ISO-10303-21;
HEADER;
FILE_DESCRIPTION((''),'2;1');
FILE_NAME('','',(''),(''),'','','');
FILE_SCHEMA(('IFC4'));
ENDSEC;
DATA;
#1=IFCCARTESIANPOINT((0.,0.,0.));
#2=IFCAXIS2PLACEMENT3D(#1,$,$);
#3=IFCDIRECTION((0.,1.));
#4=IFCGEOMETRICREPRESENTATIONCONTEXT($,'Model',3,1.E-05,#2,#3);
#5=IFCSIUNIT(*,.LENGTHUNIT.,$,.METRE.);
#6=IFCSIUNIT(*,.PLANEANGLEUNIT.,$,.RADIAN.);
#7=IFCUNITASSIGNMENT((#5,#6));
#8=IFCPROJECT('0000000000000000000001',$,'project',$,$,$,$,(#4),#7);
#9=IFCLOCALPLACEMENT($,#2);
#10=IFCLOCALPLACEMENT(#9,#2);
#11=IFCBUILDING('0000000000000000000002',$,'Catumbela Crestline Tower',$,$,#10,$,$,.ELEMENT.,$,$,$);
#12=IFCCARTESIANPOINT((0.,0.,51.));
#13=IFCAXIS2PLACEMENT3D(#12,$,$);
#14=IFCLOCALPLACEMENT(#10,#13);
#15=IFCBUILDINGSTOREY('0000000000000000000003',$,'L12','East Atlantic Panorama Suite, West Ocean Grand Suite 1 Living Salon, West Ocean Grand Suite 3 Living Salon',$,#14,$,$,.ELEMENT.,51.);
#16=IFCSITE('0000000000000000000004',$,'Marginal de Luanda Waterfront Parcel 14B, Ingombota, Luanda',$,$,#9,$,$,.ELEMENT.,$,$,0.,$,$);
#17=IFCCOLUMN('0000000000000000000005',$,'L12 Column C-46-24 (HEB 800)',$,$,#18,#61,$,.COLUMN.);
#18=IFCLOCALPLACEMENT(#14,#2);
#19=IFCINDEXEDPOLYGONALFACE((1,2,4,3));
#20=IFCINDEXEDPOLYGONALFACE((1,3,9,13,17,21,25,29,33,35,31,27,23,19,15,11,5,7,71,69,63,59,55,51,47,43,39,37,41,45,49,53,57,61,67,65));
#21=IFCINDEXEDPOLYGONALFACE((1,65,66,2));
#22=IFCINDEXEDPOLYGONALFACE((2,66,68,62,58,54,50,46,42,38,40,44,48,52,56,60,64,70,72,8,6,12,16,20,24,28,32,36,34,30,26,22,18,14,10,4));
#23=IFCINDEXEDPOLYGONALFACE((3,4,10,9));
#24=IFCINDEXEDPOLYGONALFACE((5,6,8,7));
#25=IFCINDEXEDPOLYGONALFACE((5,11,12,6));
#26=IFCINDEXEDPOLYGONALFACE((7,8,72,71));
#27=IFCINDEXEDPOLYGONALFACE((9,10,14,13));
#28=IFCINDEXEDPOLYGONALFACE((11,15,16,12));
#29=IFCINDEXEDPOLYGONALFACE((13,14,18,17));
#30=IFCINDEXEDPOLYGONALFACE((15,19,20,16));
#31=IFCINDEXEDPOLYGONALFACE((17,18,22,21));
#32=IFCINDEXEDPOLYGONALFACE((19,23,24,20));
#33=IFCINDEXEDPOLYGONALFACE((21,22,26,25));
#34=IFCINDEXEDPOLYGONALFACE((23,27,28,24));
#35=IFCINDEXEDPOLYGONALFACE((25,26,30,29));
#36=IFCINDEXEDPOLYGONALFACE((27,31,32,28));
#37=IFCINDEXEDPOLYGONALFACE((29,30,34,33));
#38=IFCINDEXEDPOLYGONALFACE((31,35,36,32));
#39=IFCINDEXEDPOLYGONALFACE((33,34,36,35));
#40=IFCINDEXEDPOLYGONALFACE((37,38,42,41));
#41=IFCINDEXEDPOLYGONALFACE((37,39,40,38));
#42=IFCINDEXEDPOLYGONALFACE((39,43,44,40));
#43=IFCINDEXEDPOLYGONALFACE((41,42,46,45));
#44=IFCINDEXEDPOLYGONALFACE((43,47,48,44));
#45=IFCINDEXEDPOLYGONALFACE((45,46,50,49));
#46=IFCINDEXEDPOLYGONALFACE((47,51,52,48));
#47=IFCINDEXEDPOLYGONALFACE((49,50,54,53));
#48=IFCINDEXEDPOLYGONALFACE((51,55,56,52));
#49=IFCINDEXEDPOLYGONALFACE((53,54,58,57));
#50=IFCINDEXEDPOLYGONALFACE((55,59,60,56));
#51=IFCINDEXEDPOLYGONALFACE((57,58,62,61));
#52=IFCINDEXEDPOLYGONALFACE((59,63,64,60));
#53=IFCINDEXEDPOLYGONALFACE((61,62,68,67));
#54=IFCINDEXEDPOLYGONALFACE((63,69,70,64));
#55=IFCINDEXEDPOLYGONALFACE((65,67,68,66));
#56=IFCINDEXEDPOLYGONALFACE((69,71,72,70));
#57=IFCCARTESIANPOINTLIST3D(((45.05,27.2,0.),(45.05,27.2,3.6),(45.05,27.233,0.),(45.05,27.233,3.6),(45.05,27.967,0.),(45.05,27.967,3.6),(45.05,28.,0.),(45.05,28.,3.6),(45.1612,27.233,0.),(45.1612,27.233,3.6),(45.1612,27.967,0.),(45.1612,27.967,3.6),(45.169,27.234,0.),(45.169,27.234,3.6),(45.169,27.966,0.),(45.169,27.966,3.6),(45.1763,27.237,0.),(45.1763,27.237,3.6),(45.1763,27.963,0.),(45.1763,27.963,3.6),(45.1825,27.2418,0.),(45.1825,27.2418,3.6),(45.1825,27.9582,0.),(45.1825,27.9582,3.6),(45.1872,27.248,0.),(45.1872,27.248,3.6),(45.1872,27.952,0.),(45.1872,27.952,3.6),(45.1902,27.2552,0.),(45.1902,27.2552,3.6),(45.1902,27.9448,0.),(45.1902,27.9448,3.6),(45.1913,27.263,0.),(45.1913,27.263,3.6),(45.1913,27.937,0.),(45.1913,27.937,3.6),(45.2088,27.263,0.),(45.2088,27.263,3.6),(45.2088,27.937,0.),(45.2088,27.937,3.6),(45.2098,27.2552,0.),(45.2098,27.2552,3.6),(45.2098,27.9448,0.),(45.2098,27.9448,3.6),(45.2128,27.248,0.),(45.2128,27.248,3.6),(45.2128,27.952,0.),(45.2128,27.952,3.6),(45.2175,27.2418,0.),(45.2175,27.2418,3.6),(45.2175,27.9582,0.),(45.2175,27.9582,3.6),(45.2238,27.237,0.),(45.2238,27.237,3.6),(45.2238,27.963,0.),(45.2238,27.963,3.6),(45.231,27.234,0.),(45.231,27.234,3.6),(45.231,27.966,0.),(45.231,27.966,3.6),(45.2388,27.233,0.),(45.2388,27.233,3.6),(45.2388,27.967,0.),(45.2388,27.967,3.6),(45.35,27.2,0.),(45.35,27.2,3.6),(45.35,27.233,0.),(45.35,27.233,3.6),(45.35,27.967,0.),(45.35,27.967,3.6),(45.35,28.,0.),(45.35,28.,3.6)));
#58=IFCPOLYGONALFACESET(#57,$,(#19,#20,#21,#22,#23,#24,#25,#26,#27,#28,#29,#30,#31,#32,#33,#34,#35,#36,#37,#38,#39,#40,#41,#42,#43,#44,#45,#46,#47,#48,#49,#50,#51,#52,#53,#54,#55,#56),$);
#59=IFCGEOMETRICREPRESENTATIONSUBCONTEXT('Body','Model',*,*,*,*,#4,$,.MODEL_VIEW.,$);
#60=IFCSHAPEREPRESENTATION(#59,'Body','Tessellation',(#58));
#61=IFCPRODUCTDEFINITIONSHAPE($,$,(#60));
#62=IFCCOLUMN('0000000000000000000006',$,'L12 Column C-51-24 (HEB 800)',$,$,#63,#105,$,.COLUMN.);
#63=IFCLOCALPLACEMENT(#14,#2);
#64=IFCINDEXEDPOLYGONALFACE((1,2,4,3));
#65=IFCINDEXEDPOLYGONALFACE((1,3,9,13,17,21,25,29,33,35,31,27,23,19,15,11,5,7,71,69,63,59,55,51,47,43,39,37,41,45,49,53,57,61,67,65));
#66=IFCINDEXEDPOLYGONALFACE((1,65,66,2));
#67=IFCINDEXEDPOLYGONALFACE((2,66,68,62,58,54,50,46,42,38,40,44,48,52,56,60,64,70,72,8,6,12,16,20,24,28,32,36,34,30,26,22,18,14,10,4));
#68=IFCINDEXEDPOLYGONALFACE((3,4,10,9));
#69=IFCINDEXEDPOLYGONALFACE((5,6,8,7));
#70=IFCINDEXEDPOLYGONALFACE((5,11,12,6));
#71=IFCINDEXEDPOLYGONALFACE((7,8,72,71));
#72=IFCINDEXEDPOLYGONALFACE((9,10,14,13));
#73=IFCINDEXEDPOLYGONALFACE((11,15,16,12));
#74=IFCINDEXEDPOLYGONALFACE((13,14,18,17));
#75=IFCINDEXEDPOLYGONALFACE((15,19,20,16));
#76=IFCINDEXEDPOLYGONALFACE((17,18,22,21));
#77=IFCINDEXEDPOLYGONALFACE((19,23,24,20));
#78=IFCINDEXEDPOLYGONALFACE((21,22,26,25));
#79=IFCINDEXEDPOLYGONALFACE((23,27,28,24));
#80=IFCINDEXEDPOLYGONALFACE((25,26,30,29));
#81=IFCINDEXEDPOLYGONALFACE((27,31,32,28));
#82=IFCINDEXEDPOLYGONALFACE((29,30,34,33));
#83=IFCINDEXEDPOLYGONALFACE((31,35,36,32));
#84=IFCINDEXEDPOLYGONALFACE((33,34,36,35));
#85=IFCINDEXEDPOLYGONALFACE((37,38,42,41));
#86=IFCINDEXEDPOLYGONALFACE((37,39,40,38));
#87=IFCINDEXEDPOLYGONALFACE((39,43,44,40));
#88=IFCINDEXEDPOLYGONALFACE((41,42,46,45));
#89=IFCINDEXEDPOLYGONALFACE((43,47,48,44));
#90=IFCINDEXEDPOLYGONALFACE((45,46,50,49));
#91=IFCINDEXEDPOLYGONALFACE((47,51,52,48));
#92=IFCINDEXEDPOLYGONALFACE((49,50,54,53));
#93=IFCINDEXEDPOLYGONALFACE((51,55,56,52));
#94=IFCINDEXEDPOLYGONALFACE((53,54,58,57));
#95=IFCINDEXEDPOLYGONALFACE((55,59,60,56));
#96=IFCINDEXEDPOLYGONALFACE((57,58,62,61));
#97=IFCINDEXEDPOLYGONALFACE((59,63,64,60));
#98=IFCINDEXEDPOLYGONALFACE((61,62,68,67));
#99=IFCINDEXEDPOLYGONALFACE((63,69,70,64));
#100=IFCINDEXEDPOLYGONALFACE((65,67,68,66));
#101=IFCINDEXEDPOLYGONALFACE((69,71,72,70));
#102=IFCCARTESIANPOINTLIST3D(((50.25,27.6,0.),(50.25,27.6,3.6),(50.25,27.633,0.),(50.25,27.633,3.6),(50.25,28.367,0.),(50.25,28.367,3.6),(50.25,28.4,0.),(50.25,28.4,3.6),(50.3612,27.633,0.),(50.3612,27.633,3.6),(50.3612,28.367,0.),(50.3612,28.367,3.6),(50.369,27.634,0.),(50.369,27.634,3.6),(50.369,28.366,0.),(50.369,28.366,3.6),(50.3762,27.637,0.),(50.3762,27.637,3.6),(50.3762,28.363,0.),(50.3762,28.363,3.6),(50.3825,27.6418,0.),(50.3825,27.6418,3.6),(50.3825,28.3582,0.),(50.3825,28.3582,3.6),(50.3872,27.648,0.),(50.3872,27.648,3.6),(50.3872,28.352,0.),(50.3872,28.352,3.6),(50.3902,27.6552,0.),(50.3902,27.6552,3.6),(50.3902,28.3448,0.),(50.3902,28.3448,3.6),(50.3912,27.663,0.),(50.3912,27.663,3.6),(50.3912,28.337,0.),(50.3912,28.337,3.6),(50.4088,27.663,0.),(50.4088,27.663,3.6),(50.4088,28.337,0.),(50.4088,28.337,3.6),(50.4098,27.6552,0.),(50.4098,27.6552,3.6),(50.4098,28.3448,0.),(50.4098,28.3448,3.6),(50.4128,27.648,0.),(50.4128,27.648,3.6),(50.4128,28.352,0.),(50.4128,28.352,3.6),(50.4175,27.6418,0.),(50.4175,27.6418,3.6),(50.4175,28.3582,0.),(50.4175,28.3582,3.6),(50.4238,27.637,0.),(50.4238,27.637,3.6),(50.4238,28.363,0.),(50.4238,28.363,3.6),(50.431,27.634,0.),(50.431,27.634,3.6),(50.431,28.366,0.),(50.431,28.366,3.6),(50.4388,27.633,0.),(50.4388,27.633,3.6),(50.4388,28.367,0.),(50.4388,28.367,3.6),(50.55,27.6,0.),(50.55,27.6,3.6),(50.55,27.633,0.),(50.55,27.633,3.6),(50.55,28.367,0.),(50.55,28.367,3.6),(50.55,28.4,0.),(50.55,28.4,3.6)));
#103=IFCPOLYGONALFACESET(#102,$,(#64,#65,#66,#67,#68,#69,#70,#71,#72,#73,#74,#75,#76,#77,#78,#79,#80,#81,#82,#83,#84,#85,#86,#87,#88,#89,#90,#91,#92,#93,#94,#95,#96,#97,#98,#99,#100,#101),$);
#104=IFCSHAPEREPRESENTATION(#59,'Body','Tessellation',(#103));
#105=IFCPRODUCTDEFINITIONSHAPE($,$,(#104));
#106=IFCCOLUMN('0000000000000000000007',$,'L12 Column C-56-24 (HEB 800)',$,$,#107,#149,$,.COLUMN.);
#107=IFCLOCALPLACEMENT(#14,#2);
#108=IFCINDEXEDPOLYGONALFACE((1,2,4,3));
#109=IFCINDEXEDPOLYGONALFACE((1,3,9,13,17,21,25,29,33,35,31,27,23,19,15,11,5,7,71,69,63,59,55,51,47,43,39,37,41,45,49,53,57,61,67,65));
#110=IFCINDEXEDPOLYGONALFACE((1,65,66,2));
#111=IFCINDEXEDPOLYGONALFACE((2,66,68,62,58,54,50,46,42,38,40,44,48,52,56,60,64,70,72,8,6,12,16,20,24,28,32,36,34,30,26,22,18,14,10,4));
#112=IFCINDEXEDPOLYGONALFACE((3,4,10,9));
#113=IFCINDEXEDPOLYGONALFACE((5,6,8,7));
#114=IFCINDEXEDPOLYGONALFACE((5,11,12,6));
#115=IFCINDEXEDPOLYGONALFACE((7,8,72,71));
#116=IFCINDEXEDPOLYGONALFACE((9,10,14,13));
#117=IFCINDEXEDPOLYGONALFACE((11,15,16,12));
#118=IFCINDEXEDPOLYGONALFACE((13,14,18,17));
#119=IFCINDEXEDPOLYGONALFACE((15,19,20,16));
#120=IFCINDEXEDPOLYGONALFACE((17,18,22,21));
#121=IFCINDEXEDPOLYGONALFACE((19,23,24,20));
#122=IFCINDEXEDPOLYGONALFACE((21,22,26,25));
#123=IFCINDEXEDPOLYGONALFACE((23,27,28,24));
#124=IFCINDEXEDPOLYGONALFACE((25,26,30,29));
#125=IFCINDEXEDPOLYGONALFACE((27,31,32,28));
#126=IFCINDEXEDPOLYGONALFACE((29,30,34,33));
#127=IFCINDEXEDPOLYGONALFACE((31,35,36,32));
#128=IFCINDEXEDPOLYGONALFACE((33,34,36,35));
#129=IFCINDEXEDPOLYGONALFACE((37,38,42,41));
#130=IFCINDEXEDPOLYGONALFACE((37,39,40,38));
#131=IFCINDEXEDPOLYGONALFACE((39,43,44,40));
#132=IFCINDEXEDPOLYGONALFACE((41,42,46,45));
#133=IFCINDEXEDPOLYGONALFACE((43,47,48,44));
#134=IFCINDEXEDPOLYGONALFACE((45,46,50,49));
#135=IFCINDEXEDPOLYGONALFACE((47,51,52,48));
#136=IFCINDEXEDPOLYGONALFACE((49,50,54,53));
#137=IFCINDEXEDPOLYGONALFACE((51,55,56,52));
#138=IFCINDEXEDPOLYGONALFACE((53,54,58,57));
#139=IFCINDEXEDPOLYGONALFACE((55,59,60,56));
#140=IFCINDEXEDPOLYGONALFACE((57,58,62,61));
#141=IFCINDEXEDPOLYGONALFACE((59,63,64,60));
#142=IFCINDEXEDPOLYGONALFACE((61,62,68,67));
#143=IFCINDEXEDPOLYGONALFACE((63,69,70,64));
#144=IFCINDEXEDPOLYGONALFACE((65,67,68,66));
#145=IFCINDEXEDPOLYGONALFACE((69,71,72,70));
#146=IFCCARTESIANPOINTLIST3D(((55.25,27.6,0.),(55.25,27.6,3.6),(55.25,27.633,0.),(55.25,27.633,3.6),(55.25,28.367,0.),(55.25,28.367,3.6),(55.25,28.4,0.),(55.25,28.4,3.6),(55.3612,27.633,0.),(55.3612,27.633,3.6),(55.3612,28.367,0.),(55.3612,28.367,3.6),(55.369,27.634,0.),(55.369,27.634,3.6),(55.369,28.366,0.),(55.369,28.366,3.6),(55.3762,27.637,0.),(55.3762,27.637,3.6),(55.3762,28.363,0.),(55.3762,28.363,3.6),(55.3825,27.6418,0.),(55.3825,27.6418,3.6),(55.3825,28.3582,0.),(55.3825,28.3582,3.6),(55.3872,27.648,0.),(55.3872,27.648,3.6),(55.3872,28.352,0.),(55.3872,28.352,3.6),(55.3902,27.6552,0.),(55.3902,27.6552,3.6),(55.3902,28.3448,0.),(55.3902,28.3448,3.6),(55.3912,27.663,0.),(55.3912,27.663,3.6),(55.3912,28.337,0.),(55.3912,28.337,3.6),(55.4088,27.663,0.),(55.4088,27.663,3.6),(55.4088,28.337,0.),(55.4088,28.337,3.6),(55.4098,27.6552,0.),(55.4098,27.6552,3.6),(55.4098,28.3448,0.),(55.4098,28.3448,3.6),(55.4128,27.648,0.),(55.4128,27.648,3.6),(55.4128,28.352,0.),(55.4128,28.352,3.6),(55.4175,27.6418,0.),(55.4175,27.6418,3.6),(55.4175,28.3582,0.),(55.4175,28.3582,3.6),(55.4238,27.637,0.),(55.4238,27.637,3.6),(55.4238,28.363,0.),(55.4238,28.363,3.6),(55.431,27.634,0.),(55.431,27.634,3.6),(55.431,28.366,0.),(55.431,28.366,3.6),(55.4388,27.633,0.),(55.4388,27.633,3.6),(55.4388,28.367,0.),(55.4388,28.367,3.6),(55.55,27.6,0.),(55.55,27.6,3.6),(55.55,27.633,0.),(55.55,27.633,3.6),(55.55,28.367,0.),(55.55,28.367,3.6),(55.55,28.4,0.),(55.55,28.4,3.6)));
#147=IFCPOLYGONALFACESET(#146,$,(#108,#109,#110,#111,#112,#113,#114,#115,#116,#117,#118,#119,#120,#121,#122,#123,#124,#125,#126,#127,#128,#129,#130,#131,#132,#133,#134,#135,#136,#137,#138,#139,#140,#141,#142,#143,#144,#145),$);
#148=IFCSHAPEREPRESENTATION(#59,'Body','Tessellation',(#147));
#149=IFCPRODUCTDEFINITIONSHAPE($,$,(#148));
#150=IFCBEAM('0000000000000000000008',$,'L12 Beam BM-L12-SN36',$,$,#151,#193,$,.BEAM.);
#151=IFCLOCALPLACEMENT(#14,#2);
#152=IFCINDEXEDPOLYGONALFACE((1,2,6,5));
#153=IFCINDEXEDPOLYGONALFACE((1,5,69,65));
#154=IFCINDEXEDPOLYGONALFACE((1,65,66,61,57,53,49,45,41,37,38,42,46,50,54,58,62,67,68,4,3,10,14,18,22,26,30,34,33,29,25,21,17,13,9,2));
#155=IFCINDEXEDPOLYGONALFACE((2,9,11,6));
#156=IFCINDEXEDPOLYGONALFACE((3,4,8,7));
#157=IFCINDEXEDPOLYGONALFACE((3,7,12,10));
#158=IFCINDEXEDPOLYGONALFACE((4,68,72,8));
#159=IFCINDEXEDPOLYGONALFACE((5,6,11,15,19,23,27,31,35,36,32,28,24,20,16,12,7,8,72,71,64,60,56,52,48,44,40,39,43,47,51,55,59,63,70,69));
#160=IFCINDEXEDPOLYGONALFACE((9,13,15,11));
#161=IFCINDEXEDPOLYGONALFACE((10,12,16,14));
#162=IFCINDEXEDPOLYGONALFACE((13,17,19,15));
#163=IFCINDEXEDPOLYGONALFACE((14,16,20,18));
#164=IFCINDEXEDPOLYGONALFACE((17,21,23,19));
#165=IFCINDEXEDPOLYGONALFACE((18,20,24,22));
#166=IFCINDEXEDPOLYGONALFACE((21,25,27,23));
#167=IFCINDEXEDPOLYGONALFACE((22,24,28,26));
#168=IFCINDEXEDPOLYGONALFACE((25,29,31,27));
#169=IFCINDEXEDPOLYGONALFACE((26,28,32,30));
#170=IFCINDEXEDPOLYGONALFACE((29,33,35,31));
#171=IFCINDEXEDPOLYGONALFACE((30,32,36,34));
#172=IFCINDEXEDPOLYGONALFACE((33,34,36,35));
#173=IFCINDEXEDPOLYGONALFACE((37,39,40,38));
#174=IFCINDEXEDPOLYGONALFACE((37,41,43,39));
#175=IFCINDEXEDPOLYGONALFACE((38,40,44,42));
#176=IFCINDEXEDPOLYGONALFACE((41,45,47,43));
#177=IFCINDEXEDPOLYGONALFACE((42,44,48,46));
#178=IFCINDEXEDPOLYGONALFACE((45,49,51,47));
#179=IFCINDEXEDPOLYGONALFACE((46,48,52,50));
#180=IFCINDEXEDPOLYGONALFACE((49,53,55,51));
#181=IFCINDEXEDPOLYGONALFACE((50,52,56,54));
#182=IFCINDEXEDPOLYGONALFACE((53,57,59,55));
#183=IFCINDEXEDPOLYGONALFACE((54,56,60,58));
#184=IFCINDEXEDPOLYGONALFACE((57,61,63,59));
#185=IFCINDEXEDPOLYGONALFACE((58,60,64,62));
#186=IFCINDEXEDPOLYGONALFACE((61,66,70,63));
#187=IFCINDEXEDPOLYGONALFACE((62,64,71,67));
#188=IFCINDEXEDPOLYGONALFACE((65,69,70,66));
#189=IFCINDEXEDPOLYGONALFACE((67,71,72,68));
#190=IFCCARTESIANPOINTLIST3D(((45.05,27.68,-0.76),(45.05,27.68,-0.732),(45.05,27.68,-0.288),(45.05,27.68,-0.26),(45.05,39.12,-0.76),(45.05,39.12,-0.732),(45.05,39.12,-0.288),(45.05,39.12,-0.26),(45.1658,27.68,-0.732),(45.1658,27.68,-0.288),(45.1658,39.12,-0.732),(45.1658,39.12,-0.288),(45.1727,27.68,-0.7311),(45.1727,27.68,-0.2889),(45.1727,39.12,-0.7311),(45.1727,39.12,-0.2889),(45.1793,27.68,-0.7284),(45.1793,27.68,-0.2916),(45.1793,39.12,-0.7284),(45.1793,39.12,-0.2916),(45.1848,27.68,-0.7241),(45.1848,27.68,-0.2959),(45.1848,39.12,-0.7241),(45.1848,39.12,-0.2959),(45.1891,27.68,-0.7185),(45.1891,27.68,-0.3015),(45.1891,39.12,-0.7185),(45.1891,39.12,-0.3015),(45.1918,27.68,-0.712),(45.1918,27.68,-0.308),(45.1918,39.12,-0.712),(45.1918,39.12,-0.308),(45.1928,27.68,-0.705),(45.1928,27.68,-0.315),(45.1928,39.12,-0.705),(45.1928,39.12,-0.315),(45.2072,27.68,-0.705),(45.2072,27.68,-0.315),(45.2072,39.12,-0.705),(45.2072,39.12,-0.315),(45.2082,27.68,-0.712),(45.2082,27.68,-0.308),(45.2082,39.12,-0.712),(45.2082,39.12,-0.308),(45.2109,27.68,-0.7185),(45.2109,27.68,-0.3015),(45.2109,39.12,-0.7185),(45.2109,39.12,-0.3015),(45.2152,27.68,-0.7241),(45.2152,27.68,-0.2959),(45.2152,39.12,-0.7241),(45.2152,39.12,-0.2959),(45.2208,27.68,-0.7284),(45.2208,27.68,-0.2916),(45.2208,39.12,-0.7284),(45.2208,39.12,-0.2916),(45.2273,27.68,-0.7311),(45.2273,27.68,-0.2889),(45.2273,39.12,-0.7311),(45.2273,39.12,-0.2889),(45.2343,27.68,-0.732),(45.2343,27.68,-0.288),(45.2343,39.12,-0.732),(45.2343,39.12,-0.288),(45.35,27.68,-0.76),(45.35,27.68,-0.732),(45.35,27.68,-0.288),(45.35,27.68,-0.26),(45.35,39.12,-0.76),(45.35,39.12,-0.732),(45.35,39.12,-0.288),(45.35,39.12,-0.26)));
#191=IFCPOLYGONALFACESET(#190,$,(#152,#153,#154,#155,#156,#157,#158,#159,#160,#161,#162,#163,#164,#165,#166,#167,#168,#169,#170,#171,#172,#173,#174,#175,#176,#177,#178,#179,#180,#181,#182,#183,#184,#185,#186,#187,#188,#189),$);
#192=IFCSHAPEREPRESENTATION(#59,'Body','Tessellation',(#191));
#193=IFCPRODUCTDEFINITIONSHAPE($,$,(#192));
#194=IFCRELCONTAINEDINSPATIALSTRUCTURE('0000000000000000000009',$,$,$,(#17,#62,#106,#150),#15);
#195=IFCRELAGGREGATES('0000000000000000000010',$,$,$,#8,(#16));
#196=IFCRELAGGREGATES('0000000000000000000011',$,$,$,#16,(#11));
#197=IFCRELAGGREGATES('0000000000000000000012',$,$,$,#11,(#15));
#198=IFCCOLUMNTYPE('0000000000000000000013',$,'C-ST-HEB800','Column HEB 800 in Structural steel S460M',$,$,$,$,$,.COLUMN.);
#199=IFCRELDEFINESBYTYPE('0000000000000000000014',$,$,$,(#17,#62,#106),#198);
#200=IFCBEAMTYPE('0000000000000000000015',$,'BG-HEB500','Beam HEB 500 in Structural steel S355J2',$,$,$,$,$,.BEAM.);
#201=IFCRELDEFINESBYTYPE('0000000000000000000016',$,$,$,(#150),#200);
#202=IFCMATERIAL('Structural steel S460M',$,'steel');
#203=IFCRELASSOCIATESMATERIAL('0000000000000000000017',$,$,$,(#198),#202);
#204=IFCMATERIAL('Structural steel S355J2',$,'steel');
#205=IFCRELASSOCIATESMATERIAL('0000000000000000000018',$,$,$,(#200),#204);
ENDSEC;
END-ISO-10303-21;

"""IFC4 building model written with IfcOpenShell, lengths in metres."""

from ifc_helpers import new_model, si_unit, direction, frame, origin, origin_2d, place, context, subcontext, project, spatial, i_section, extrude, material, material_profile, profile_set, type_object, element, save


model = new_model("IFC4")

# Units and contexts
model_context = context("Model", 3, precision=1e-05, world=origin(), true_north=direction((0.0, 1.0)))
body_context = subcontext(model_context, "Body", "Model", "MODEL_VIEW")
ifc_project = project(units=[si_unit("LENGTHUNIT", "METRE"), si_unit("PLANEANGLEUNIT", "RADIAN")], contexts=[model_context])

# Site, building, storey
site_placement = place(None, origin())
site = spatial("IfcSite", under=ifc_project, at=site_placement, Name="Marginal de Luanda Waterfront Parcel 14B, Ingombota, Luanda", CompositionType="ELEMENT", RefElevation=0.0)
building_placement = place(site_placement, origin())
building = spatial("IfcBuilding", under=site, at=building_placement, Name="Catumbela Crestline Tower", CompositionType="ELEMENT")
storey_placement = place(building_placement, frame((0.0, 0.0, 51.0)))
storey = spatial("IfcBuildingStorey", under=building, at=storey_placement, Name="L12", Description="East Atlantic Panorama Suite, West Ocean Grand Suite 1 Living Salon, West Ocean Grand Suite 3 Living Salon", CompositionType="ELEMENT", Elevation=51.0)

# Columns
ifc_material_1 = material(Name="Structural steel S460M", Category="steel")
ifc_material_profile_1 = material_profile(ifc_material_1, i_section(OverallWidth=0.3, OverallDepth=0.8, WebThickness=0.0175, FlangeThickness=0.033, FilletRadius=0.03, at=origin_2d()), Name="HEB 800")
ifc_profile_set_1 = profile_set([ifc_material_profile_1], Name="Structural steel S460M")
column_type = type_object("IfcColumnType", Name="C-ST-HEB800", Description="Column HEB 800 in Structural steel S460M", PredefinedType="COLUMN", material=ifc_profile_set_1)
for number, where, z_axis, x_axis, name in (
    (1, (45.2, 27.6, 0.0), (0.0, 0.0, 1.0), (1.0, 0.0, 0.0), "L12 Column C-46-24 (HEB 800)"),
    (2, (50.4, 28.0, 0.0), (0.0, 0.0, 1.0), (1.0, 0.0, 0.0), "L12 Column C-51-24 (HEB 800)"),
    (3, (55.4, 28.0, 0.0), (0.0, 0.0, 1.0), (1.0, 0.0, 0.0), "L12 Column C-56-24 (HEB 800)"),
):
    element("IfcColumn", number, at=place(storey_placement, frame(where, z_axis=z_axis, x_axis=x_axis)), inside=storey, type_object=column_type, Name=name, PredefinedType="COLUMN", context=body_context, shape_type="SweptSolid", body=[
        extrude(i_section(OverallWidth=0.3, OverallDepth=0.8, WebThickness=0.0175, FlangeThickness=0.033, FilletRadius=0.03, at=origin_2d()), origin(), (0.0, 0.0, 1.0), 3.6),
    ])

# Beam
ifc_material_2 = material(Name="Structural steel S355J2", Category="steel")
ifc_material_profile_2 = material_profile(ifc_material_2, i_section(OverallWidth=0.3, OverallDepth=0.5, WebThickness=0.0145, FlangeThickness=0.028, FilletRadius=0.027, at=origin_2d()), Name="HEB 500")
ifc_profile_set_2 = profile_set([ifc_material_profile_2], Name="Structural steel S355J2")
beam_type_1 = type_object("IfcBeamType", Name="BG-HEB500", Description="Beam HEB 500 in Structural steel S355J2", PredefinedType="BEAM", material=ifc_profile_set_2)
beam_1_placement = place(storey_placement, frame((45.2, 27.68, -0.51), z_axis=(0.0, 1.0, 0.0), x_axis=(-1.0, 0.0, 0.0)))
element("IfcBeam", 4, at=beam_1_placement, inside=storey, type_object=beam_type_1, Name="L12 Beam BM-L12-SN36", PredefinedType="BEAM", context=body_context, shape_type="SweptSolid", body=[
    extrude(i_section(OverallWidth=0.3, OverallDepth=0.5, WebThickness=0.0145, FlangeThickness=0.028, FilletRadius=0.027, at=origin_2d()), origin(), (0.0, 0.0, 1.0), 11.44),
])

save(model, "model.ifc")
